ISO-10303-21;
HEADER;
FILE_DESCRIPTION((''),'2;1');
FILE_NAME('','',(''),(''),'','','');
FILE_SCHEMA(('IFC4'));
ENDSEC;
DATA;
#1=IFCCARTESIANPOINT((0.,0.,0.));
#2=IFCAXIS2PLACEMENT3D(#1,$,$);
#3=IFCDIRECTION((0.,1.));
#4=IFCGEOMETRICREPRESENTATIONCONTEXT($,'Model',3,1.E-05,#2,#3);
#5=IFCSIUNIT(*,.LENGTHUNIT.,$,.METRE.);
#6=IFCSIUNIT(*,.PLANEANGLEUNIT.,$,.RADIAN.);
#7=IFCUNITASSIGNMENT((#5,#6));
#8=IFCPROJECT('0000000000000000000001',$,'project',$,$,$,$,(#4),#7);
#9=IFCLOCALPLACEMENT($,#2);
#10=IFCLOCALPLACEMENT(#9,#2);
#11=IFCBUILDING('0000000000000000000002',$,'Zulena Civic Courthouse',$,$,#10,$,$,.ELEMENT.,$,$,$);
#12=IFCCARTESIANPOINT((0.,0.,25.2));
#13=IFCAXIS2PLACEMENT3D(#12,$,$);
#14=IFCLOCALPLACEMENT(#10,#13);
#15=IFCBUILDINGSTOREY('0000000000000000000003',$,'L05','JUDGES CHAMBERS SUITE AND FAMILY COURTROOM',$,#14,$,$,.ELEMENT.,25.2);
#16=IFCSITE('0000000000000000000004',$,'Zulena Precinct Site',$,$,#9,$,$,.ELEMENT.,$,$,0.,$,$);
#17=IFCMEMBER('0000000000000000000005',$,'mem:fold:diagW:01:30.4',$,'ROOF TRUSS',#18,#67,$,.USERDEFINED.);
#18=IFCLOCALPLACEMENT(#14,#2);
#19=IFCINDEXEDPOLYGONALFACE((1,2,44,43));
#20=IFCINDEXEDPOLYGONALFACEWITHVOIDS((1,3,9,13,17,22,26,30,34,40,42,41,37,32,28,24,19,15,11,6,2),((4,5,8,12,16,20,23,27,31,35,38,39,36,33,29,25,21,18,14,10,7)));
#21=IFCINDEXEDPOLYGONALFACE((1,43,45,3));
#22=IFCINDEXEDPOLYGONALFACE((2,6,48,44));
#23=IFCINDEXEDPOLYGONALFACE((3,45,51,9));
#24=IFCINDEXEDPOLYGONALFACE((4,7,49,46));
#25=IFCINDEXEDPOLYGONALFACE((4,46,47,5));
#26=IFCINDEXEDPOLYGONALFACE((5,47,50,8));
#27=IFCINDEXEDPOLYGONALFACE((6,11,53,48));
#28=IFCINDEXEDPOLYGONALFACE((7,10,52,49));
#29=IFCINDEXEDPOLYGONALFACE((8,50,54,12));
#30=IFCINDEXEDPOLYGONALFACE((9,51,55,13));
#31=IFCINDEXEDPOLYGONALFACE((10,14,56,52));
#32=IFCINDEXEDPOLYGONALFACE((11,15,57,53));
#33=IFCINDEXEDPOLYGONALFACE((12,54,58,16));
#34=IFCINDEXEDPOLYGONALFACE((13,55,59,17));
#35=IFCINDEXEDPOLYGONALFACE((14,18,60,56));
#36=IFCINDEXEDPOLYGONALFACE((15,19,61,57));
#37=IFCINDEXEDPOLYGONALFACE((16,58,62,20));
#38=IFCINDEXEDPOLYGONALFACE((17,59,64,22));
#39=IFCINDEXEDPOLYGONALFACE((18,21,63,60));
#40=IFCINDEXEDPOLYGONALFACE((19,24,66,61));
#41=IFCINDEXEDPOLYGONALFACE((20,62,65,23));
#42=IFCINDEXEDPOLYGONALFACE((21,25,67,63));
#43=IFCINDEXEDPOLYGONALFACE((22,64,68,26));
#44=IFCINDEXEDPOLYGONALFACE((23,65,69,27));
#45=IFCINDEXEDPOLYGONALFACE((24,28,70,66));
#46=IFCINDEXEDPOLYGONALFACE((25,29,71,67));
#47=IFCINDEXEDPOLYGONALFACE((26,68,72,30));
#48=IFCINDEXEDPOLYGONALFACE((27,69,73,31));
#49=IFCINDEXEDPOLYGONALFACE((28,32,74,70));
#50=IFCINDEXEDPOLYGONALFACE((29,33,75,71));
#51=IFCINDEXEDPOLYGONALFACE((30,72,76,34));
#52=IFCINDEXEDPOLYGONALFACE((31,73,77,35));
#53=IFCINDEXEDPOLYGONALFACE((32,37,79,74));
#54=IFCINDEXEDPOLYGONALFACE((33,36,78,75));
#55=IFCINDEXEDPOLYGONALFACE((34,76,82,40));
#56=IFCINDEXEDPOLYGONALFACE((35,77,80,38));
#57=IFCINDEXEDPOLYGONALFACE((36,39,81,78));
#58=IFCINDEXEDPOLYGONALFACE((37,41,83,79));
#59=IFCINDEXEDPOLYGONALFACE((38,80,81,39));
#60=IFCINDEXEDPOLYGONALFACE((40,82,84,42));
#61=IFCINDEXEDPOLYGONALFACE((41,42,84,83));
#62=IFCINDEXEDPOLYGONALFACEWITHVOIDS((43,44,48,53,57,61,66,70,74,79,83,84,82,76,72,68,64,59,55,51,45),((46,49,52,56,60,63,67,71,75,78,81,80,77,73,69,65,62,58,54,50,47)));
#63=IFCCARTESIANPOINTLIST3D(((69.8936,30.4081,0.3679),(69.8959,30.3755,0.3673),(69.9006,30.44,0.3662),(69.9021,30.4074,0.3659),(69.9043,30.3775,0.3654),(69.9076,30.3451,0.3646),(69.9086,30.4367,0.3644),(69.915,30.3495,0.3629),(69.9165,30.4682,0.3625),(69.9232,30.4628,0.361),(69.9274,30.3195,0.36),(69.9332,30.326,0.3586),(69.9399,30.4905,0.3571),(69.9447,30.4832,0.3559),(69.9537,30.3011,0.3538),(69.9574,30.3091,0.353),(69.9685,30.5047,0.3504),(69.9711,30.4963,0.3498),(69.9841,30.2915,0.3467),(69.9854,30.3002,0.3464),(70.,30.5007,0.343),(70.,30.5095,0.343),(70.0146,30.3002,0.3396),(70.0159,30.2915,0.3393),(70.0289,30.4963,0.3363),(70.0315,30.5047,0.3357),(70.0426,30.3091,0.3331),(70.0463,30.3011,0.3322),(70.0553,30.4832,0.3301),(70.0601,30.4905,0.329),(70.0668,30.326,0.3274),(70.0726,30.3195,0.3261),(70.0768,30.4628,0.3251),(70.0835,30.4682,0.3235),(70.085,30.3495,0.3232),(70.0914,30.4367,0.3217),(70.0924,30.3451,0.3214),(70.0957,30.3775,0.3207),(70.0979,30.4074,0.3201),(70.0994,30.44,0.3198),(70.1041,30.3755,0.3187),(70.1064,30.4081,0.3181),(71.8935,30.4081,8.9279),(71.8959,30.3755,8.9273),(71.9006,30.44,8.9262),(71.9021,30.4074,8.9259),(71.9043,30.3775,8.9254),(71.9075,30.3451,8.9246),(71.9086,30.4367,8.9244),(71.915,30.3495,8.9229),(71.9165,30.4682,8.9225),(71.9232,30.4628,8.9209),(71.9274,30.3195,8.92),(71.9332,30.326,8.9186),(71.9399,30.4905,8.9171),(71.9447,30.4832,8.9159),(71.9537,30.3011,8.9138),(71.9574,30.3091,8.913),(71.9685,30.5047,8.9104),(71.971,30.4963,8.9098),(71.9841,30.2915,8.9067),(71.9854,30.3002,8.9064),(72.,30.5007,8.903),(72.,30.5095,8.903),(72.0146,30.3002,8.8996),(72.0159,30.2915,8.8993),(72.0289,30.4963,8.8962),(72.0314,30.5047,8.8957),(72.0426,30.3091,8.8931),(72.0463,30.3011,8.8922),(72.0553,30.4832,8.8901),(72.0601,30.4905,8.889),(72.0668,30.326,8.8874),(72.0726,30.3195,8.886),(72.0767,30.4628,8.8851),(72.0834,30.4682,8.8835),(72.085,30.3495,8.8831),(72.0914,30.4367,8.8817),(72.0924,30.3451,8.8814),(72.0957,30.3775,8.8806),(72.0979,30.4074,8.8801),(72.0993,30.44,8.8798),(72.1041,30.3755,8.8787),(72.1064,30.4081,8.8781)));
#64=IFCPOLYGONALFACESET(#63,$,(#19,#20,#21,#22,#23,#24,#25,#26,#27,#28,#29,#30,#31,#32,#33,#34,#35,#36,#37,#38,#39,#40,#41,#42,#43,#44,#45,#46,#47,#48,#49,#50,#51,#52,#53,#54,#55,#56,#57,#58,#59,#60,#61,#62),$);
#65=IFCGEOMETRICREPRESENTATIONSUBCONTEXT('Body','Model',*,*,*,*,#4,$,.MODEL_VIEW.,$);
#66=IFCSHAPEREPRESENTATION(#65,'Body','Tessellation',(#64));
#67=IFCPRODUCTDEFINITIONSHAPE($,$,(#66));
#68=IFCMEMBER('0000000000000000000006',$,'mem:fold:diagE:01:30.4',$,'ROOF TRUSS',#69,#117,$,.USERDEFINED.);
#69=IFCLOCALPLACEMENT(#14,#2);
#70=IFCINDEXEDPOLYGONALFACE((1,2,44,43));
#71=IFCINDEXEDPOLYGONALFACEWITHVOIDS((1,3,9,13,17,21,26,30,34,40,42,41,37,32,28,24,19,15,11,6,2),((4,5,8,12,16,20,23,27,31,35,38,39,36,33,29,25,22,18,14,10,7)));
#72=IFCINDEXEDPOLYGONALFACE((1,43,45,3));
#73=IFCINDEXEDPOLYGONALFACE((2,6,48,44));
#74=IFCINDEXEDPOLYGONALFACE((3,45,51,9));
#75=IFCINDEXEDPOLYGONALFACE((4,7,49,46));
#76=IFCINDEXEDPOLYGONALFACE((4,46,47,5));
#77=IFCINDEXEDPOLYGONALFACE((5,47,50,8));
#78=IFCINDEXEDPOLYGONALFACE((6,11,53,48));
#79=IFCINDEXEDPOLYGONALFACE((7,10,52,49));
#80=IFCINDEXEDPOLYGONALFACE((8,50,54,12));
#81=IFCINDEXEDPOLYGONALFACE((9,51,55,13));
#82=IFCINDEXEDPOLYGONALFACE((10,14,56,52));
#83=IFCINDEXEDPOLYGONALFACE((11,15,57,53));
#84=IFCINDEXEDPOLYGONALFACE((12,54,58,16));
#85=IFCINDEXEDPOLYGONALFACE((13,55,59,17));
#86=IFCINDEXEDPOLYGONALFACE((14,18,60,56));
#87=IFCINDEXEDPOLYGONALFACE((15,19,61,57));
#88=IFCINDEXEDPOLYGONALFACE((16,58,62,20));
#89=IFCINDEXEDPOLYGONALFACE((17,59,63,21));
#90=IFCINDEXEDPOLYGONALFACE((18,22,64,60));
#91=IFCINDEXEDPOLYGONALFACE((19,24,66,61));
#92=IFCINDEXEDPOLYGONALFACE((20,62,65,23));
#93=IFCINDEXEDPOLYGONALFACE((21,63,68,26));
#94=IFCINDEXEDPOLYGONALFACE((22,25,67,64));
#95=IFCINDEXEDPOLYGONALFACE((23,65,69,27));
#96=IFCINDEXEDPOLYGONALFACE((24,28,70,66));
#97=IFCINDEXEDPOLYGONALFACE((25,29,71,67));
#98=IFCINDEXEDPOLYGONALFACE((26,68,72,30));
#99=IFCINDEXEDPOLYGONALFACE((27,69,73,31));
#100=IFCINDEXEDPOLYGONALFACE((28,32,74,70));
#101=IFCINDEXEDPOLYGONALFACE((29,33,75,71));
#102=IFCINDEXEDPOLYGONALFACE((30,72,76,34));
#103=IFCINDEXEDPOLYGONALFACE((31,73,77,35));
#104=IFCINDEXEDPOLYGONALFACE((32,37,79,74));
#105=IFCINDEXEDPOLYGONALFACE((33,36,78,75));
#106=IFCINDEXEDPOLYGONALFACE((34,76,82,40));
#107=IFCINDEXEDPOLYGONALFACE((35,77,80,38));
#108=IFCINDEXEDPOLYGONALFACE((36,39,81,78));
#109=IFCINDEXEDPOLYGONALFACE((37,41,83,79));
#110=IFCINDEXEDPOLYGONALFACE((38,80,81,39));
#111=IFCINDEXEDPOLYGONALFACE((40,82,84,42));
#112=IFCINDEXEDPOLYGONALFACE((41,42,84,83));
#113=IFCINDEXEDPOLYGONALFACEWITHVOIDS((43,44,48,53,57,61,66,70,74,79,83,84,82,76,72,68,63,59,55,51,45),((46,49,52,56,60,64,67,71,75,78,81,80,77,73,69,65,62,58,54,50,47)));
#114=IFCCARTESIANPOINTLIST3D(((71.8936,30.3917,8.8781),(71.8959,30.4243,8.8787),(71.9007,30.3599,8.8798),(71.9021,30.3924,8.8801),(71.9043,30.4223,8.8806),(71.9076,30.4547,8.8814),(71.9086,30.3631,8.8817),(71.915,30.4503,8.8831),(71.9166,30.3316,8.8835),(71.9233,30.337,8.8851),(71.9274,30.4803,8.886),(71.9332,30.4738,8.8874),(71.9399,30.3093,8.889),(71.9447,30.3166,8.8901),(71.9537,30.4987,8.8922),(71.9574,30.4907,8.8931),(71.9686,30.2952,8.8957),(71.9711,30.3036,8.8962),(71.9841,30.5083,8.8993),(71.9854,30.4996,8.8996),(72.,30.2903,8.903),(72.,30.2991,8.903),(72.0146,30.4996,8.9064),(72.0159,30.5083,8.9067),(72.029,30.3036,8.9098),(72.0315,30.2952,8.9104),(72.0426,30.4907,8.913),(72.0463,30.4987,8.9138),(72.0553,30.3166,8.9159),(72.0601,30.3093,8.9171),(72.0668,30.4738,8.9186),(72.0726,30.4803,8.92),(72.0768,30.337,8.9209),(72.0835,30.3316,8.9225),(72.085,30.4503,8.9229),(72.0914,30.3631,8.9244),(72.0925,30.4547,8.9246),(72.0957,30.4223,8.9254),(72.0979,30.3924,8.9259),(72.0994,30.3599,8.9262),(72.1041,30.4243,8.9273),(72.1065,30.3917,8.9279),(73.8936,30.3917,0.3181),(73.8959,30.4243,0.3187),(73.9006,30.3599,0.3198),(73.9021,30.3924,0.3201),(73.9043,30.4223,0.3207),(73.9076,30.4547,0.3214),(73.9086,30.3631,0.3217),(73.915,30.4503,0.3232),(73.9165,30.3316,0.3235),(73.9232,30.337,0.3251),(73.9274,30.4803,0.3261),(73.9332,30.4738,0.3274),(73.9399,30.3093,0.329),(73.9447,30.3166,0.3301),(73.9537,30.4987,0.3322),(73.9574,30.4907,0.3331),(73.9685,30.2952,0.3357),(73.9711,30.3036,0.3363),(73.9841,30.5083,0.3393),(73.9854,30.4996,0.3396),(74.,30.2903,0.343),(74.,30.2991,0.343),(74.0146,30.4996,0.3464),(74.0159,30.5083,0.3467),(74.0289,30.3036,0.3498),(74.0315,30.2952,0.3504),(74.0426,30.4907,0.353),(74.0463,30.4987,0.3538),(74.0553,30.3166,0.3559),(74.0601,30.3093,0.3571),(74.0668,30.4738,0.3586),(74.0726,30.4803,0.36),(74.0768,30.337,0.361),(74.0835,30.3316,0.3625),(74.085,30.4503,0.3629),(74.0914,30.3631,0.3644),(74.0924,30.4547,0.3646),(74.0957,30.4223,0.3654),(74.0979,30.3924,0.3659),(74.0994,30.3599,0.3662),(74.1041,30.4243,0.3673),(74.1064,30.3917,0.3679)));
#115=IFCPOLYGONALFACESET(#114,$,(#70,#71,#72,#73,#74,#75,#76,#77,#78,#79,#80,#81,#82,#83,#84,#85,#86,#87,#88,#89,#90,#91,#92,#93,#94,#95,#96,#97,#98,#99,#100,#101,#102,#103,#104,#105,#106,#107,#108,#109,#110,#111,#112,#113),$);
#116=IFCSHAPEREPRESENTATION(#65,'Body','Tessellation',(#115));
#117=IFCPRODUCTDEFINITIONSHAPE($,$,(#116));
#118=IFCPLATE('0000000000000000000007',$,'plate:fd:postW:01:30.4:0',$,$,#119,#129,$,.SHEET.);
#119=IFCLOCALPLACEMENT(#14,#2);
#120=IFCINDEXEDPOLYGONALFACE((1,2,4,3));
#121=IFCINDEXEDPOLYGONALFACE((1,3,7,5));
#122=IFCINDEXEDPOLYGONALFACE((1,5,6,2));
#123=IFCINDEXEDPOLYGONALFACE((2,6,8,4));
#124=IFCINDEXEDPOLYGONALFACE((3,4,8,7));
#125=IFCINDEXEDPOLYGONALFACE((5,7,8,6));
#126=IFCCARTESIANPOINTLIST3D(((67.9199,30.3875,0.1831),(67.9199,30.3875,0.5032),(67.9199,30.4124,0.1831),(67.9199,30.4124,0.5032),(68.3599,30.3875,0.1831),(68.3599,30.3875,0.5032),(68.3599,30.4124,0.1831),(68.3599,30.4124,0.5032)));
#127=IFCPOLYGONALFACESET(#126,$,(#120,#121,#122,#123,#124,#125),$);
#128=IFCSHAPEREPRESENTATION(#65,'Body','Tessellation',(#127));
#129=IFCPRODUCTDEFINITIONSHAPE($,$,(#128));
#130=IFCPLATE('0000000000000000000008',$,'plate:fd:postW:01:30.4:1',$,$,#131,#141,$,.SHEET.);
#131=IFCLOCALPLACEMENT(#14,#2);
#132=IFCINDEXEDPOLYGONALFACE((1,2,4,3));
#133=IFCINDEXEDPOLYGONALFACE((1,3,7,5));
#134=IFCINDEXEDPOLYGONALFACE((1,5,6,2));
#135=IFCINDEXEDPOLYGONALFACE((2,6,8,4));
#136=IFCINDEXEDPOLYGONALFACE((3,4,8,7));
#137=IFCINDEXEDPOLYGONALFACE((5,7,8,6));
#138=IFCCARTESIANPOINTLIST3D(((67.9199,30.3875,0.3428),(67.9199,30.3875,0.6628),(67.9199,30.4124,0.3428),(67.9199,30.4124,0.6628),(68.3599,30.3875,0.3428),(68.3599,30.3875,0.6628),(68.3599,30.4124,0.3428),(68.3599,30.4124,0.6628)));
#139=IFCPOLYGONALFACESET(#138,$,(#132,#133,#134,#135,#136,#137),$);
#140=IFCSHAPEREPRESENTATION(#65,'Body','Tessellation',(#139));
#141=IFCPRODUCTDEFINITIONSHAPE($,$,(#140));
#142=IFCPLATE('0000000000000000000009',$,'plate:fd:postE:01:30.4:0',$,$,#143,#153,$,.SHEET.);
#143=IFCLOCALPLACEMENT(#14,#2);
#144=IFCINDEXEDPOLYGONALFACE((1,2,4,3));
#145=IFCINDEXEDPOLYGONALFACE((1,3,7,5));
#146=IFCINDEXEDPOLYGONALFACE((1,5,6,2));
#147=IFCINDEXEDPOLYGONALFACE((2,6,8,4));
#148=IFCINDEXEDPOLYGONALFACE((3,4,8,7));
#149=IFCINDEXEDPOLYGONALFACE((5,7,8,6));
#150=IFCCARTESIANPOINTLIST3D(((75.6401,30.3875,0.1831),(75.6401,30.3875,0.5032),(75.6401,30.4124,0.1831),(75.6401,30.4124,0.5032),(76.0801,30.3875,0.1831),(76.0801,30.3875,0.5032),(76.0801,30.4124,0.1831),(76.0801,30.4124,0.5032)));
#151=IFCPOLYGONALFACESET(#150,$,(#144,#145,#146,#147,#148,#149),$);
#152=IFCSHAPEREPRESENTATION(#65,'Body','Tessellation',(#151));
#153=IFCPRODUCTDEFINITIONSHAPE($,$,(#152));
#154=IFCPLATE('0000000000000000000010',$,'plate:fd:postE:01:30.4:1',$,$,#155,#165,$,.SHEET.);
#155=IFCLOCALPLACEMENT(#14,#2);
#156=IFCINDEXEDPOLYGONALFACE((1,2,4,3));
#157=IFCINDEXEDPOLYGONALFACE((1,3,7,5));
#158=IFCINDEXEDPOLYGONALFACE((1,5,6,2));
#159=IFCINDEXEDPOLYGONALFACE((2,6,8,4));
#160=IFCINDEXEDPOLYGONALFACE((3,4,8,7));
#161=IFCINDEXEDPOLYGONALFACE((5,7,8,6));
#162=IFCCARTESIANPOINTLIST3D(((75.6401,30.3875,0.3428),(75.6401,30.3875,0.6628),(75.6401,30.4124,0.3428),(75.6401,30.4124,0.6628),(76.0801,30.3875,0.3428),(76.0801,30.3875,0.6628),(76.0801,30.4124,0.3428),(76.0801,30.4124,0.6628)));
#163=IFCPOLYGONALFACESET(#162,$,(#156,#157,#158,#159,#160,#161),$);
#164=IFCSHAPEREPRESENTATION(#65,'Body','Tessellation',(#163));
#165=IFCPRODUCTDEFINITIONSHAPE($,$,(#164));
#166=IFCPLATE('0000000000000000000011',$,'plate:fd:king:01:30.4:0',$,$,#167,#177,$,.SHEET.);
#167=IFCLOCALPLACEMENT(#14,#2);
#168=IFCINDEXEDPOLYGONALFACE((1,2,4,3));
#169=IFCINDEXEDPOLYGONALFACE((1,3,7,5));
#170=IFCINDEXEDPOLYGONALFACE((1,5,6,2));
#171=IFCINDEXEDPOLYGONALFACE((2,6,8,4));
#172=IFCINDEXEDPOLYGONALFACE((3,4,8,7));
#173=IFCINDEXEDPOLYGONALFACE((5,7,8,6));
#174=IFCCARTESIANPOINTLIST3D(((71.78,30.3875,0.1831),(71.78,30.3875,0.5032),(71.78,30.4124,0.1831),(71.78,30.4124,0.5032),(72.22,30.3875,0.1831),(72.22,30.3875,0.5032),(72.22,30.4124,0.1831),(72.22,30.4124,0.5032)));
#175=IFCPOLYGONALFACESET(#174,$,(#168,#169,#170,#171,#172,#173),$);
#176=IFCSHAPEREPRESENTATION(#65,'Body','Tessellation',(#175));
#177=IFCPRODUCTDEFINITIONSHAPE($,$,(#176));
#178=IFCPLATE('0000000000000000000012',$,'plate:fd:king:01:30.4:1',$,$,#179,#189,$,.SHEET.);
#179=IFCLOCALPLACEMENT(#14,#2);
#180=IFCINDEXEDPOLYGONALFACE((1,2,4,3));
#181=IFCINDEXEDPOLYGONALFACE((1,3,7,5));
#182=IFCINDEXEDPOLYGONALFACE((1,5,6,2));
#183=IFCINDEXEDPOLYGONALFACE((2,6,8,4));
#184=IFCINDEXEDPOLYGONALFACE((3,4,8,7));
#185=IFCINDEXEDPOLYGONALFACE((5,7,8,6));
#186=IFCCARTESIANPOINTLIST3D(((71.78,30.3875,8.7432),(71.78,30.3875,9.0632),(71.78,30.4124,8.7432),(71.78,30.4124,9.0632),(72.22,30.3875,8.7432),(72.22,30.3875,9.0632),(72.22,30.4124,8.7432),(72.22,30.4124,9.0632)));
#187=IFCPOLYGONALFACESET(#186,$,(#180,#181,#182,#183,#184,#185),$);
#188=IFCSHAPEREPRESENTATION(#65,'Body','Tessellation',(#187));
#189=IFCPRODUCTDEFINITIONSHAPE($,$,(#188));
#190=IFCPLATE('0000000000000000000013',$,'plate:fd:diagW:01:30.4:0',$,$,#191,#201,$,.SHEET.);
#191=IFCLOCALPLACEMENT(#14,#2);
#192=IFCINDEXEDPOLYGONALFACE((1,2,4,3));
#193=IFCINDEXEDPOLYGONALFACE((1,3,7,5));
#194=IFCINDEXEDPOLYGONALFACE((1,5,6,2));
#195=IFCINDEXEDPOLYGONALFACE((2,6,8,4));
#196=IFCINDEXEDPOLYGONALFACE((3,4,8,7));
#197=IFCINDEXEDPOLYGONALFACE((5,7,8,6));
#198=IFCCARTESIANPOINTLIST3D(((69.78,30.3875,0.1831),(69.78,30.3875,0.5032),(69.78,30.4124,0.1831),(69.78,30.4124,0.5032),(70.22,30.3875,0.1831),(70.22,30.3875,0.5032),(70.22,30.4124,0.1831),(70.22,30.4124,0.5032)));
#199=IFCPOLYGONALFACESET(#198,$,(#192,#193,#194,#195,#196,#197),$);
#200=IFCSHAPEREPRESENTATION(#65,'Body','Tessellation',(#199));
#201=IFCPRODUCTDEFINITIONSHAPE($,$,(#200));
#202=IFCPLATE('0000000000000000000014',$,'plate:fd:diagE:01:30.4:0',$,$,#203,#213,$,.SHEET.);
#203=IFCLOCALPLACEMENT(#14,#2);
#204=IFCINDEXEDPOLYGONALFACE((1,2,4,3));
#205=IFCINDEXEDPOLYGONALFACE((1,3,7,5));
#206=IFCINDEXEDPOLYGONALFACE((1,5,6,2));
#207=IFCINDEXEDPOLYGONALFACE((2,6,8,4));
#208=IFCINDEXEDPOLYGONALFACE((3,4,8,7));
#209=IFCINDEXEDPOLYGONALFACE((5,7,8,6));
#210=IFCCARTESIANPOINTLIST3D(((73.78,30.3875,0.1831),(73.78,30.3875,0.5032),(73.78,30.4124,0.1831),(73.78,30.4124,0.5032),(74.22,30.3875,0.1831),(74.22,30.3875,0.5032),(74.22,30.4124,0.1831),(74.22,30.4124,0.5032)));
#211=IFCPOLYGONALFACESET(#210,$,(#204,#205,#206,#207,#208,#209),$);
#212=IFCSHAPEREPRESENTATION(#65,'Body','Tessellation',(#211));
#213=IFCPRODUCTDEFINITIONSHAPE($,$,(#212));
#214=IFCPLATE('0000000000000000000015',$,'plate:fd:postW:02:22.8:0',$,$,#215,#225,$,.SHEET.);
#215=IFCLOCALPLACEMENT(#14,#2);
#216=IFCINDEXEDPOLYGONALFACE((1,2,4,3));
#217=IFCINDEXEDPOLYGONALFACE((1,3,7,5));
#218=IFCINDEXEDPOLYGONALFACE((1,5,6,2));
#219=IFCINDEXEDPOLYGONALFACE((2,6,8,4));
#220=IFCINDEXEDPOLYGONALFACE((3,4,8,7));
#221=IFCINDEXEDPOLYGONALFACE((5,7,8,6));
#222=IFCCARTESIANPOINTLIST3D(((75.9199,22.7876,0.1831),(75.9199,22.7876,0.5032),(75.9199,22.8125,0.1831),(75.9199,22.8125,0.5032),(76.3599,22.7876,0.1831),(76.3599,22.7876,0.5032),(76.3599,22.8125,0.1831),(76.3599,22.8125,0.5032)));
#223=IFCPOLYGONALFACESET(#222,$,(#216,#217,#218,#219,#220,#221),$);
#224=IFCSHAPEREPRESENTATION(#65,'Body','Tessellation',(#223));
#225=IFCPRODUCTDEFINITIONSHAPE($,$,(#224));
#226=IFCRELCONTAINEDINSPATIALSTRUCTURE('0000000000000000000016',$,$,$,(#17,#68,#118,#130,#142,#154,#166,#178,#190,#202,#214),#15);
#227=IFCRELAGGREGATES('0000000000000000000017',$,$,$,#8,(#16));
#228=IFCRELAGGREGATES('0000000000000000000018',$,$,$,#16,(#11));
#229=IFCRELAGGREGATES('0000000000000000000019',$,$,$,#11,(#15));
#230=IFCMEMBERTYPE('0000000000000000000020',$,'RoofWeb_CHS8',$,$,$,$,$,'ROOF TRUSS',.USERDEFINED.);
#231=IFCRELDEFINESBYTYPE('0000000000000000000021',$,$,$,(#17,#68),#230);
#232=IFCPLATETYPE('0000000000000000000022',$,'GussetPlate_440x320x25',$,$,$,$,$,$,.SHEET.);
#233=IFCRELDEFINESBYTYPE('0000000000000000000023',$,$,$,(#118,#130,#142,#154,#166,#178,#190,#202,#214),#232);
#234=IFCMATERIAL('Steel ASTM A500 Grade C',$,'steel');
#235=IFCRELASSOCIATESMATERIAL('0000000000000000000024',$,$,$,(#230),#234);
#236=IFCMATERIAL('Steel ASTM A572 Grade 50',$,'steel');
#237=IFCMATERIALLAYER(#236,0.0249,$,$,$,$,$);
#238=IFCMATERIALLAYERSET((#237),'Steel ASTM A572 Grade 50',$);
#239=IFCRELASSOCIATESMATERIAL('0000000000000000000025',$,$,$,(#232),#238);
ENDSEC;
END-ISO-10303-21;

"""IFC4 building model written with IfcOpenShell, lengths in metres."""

from ifc_helpers import new_model, si_unit, direction, frame, origin, origin_2d, place, context, subcontext, project, spatial, rectangle, hollow_circle, extrude, material, layer, layer_set, material_profile, profile_set, type_object, element, save


model = new_model("IFC4")

# Units and contexts
model_context = context("Model", 3, precision=1e-05, world=origin(), true_north=direction((0.0, 1.0)))
body_context = subcontext(model_context, "Body", "Model", "MODEL_VIEW")
ifc_project = project(units=[si_unit("LENGTHUNIT", "METRE"), si_unit("PLANEANGLEUNIT", "RADIAN")], contexts=[model_context])

# Site, building, storey
site_placement = place(None, origin())
site = spatial("IfcSite", under=ifc_project, at=site_placement, Name="Zulena Precinct Site", CompositionType="ELEMENT", RefElevation=0.0)
building_placement = place(site_placement, origin())
building = spatial("IfcBuilding", under=site, at=building_placement, Name="Zulena Civic Courthouse", CompositionType="ELEMENT")
storey_placement = place(building_placement, frame((0.0, 0.0, 25.2)))
storey = spatial("IfcBuildingStorey", under=building, at=storey_placement, Name="L05", Description="JUDGES CHAMBERS SUITE AND FAMILY COURTROOM", CompositionType="ELEMENT", Elevation=25.2)

# Members
ifc_material_1 = material(Name="Steel ASTM A500 Grade C", Category="steel")
ifc_material_profile_1 = material_profile(ifc_material_1, hollow_circle(Radius=0.1096, WallThickness=0.0088, at=origin_2d()), Name="HSS8.625X0.375")
ifc_profile_set_1 = profile_set([ifc_material_profile_1], Name="Steel ASTM A500 Grade C")
member_type_1 = type_object("IfcMemberType", Name="RoofWeb_CHS8", ElementType="ROOF TRUSS", PredefinedType="USERDEFINED", material=ifc_profile_set_1)
for number, where, z_axis, x_axis, name in (
    (1, (70.0, 30.3999, 0.343), (0.227516, 0.0, 0.973774), (0.0, 1.0, 0.0), "mem:fold:diagW:01:30.4"),
    (2, (74.0, 30.3999, 0.343), (-0.227516, 0.0, 0.973774), (0.0, -1.0, 0.0), "mem:fold:diagE:01:30.4"),
):
    element("IfcMember", number, at=place(storey_placement, frame(where, z_axis=z_axis, x_axis=x_axis)), inside=storey, type_object=member_type_1, Name=name, ObjectType="ROOF TRUSS", PredefinedType="USERDEFINED", context=body_context, shape_type="SweptSolid", body=[
        extrude(hollow_circle(Radius=0.1096, WallThickness=0.0088, at=origin_2d()), origin(), (0.0, 0.0, 1.0), 8.7905),
    ])

# Plates
ifc_material_2 = material(Name="Steel ASTM A572 Grade 50", Category="steel")
ifc_layer = layer(ifc_material_2, 0.0249)
ifc_layer_set = layer_set([ifc_layer], Name="Steel ASTM A572 Grade 50")
plate_type = type_object("IfcPlateType", Name="GussetPlate_440x320x25", PredefinedType="SHEET", material=ifc_layer_set)
for number, where, z_axis, x_axis, name in (
    (3, (68.1399, 30.3999, 0.1831), (0.0, 0.0, 1.0), (1.0, 0.0, 0.0), "plate:fd:postW:01:30.4:0"),
    (4, (68.1399, 30.3999, 0.3428), (0.0, 0.0, 1.0), (1.0, 0.0, 0.0), "plate:fd:postW:01:30.4:1"),
    (5, (75.8601, 30.3999, 0.1831), (0.0, 0.0, 1.0), (1.0, 0.0, 0.0), "plate:fd:postE:01:30.4:0"),
    (6, (75.8601, 30.3999, 0.3428), (0.0, 0.0, 1.0), (1.0, 0.0, 0.0), "plate:fd:postE:01:30.4:1"),
    (7, (72.0, 30.3999, 0.1831), (0.0, 0.0, 1.0), (1.0, 0.0, 0.0), "plate:fd:king:01:30.4:0"),
    (8, (72.0, 30.3999, 8.7432), (0.0, 0.0, 1.0), (1.0, 0.0, 0.0), "plate:fd:king:01:30.4:1"),
    (9, (70.0, 30.3999, 0.1831), (0.0, 0.0, 1.0), (1.0, 0.0, 0.0), "plate:fd:diagW:01:30.4:0"),
    (10, (74.0, 30.3999, 0.1831), (0.0, 0.0, 1.0), (1.0, 0.0, 0.0), "plate:fd:diagE:01:30.4:0"),
    (11, (76.1399, 22.8, 0.1831), (0.0, 0.0, 1.0), (1.0, 0.0, 0.0), "plate:fd:postW:02:22.8:0"),
):
    element("IfcPlate", number, at=place(storey_placement, frame(where, z_axis=z_axis, x_axis=x_axis)), inside=storey, type_object=plate_type, Name=name, PredefinedType="SHEET", context=body_context, shape_type="SweptSolid", body=[
        extrude(rectangle(XDim=0.4399, YDim=0.0249, at=origin_2d()), origin(), (0.0, 0.0, 1.0), 0.3201),
    ])

save(model, "model.ifc")
